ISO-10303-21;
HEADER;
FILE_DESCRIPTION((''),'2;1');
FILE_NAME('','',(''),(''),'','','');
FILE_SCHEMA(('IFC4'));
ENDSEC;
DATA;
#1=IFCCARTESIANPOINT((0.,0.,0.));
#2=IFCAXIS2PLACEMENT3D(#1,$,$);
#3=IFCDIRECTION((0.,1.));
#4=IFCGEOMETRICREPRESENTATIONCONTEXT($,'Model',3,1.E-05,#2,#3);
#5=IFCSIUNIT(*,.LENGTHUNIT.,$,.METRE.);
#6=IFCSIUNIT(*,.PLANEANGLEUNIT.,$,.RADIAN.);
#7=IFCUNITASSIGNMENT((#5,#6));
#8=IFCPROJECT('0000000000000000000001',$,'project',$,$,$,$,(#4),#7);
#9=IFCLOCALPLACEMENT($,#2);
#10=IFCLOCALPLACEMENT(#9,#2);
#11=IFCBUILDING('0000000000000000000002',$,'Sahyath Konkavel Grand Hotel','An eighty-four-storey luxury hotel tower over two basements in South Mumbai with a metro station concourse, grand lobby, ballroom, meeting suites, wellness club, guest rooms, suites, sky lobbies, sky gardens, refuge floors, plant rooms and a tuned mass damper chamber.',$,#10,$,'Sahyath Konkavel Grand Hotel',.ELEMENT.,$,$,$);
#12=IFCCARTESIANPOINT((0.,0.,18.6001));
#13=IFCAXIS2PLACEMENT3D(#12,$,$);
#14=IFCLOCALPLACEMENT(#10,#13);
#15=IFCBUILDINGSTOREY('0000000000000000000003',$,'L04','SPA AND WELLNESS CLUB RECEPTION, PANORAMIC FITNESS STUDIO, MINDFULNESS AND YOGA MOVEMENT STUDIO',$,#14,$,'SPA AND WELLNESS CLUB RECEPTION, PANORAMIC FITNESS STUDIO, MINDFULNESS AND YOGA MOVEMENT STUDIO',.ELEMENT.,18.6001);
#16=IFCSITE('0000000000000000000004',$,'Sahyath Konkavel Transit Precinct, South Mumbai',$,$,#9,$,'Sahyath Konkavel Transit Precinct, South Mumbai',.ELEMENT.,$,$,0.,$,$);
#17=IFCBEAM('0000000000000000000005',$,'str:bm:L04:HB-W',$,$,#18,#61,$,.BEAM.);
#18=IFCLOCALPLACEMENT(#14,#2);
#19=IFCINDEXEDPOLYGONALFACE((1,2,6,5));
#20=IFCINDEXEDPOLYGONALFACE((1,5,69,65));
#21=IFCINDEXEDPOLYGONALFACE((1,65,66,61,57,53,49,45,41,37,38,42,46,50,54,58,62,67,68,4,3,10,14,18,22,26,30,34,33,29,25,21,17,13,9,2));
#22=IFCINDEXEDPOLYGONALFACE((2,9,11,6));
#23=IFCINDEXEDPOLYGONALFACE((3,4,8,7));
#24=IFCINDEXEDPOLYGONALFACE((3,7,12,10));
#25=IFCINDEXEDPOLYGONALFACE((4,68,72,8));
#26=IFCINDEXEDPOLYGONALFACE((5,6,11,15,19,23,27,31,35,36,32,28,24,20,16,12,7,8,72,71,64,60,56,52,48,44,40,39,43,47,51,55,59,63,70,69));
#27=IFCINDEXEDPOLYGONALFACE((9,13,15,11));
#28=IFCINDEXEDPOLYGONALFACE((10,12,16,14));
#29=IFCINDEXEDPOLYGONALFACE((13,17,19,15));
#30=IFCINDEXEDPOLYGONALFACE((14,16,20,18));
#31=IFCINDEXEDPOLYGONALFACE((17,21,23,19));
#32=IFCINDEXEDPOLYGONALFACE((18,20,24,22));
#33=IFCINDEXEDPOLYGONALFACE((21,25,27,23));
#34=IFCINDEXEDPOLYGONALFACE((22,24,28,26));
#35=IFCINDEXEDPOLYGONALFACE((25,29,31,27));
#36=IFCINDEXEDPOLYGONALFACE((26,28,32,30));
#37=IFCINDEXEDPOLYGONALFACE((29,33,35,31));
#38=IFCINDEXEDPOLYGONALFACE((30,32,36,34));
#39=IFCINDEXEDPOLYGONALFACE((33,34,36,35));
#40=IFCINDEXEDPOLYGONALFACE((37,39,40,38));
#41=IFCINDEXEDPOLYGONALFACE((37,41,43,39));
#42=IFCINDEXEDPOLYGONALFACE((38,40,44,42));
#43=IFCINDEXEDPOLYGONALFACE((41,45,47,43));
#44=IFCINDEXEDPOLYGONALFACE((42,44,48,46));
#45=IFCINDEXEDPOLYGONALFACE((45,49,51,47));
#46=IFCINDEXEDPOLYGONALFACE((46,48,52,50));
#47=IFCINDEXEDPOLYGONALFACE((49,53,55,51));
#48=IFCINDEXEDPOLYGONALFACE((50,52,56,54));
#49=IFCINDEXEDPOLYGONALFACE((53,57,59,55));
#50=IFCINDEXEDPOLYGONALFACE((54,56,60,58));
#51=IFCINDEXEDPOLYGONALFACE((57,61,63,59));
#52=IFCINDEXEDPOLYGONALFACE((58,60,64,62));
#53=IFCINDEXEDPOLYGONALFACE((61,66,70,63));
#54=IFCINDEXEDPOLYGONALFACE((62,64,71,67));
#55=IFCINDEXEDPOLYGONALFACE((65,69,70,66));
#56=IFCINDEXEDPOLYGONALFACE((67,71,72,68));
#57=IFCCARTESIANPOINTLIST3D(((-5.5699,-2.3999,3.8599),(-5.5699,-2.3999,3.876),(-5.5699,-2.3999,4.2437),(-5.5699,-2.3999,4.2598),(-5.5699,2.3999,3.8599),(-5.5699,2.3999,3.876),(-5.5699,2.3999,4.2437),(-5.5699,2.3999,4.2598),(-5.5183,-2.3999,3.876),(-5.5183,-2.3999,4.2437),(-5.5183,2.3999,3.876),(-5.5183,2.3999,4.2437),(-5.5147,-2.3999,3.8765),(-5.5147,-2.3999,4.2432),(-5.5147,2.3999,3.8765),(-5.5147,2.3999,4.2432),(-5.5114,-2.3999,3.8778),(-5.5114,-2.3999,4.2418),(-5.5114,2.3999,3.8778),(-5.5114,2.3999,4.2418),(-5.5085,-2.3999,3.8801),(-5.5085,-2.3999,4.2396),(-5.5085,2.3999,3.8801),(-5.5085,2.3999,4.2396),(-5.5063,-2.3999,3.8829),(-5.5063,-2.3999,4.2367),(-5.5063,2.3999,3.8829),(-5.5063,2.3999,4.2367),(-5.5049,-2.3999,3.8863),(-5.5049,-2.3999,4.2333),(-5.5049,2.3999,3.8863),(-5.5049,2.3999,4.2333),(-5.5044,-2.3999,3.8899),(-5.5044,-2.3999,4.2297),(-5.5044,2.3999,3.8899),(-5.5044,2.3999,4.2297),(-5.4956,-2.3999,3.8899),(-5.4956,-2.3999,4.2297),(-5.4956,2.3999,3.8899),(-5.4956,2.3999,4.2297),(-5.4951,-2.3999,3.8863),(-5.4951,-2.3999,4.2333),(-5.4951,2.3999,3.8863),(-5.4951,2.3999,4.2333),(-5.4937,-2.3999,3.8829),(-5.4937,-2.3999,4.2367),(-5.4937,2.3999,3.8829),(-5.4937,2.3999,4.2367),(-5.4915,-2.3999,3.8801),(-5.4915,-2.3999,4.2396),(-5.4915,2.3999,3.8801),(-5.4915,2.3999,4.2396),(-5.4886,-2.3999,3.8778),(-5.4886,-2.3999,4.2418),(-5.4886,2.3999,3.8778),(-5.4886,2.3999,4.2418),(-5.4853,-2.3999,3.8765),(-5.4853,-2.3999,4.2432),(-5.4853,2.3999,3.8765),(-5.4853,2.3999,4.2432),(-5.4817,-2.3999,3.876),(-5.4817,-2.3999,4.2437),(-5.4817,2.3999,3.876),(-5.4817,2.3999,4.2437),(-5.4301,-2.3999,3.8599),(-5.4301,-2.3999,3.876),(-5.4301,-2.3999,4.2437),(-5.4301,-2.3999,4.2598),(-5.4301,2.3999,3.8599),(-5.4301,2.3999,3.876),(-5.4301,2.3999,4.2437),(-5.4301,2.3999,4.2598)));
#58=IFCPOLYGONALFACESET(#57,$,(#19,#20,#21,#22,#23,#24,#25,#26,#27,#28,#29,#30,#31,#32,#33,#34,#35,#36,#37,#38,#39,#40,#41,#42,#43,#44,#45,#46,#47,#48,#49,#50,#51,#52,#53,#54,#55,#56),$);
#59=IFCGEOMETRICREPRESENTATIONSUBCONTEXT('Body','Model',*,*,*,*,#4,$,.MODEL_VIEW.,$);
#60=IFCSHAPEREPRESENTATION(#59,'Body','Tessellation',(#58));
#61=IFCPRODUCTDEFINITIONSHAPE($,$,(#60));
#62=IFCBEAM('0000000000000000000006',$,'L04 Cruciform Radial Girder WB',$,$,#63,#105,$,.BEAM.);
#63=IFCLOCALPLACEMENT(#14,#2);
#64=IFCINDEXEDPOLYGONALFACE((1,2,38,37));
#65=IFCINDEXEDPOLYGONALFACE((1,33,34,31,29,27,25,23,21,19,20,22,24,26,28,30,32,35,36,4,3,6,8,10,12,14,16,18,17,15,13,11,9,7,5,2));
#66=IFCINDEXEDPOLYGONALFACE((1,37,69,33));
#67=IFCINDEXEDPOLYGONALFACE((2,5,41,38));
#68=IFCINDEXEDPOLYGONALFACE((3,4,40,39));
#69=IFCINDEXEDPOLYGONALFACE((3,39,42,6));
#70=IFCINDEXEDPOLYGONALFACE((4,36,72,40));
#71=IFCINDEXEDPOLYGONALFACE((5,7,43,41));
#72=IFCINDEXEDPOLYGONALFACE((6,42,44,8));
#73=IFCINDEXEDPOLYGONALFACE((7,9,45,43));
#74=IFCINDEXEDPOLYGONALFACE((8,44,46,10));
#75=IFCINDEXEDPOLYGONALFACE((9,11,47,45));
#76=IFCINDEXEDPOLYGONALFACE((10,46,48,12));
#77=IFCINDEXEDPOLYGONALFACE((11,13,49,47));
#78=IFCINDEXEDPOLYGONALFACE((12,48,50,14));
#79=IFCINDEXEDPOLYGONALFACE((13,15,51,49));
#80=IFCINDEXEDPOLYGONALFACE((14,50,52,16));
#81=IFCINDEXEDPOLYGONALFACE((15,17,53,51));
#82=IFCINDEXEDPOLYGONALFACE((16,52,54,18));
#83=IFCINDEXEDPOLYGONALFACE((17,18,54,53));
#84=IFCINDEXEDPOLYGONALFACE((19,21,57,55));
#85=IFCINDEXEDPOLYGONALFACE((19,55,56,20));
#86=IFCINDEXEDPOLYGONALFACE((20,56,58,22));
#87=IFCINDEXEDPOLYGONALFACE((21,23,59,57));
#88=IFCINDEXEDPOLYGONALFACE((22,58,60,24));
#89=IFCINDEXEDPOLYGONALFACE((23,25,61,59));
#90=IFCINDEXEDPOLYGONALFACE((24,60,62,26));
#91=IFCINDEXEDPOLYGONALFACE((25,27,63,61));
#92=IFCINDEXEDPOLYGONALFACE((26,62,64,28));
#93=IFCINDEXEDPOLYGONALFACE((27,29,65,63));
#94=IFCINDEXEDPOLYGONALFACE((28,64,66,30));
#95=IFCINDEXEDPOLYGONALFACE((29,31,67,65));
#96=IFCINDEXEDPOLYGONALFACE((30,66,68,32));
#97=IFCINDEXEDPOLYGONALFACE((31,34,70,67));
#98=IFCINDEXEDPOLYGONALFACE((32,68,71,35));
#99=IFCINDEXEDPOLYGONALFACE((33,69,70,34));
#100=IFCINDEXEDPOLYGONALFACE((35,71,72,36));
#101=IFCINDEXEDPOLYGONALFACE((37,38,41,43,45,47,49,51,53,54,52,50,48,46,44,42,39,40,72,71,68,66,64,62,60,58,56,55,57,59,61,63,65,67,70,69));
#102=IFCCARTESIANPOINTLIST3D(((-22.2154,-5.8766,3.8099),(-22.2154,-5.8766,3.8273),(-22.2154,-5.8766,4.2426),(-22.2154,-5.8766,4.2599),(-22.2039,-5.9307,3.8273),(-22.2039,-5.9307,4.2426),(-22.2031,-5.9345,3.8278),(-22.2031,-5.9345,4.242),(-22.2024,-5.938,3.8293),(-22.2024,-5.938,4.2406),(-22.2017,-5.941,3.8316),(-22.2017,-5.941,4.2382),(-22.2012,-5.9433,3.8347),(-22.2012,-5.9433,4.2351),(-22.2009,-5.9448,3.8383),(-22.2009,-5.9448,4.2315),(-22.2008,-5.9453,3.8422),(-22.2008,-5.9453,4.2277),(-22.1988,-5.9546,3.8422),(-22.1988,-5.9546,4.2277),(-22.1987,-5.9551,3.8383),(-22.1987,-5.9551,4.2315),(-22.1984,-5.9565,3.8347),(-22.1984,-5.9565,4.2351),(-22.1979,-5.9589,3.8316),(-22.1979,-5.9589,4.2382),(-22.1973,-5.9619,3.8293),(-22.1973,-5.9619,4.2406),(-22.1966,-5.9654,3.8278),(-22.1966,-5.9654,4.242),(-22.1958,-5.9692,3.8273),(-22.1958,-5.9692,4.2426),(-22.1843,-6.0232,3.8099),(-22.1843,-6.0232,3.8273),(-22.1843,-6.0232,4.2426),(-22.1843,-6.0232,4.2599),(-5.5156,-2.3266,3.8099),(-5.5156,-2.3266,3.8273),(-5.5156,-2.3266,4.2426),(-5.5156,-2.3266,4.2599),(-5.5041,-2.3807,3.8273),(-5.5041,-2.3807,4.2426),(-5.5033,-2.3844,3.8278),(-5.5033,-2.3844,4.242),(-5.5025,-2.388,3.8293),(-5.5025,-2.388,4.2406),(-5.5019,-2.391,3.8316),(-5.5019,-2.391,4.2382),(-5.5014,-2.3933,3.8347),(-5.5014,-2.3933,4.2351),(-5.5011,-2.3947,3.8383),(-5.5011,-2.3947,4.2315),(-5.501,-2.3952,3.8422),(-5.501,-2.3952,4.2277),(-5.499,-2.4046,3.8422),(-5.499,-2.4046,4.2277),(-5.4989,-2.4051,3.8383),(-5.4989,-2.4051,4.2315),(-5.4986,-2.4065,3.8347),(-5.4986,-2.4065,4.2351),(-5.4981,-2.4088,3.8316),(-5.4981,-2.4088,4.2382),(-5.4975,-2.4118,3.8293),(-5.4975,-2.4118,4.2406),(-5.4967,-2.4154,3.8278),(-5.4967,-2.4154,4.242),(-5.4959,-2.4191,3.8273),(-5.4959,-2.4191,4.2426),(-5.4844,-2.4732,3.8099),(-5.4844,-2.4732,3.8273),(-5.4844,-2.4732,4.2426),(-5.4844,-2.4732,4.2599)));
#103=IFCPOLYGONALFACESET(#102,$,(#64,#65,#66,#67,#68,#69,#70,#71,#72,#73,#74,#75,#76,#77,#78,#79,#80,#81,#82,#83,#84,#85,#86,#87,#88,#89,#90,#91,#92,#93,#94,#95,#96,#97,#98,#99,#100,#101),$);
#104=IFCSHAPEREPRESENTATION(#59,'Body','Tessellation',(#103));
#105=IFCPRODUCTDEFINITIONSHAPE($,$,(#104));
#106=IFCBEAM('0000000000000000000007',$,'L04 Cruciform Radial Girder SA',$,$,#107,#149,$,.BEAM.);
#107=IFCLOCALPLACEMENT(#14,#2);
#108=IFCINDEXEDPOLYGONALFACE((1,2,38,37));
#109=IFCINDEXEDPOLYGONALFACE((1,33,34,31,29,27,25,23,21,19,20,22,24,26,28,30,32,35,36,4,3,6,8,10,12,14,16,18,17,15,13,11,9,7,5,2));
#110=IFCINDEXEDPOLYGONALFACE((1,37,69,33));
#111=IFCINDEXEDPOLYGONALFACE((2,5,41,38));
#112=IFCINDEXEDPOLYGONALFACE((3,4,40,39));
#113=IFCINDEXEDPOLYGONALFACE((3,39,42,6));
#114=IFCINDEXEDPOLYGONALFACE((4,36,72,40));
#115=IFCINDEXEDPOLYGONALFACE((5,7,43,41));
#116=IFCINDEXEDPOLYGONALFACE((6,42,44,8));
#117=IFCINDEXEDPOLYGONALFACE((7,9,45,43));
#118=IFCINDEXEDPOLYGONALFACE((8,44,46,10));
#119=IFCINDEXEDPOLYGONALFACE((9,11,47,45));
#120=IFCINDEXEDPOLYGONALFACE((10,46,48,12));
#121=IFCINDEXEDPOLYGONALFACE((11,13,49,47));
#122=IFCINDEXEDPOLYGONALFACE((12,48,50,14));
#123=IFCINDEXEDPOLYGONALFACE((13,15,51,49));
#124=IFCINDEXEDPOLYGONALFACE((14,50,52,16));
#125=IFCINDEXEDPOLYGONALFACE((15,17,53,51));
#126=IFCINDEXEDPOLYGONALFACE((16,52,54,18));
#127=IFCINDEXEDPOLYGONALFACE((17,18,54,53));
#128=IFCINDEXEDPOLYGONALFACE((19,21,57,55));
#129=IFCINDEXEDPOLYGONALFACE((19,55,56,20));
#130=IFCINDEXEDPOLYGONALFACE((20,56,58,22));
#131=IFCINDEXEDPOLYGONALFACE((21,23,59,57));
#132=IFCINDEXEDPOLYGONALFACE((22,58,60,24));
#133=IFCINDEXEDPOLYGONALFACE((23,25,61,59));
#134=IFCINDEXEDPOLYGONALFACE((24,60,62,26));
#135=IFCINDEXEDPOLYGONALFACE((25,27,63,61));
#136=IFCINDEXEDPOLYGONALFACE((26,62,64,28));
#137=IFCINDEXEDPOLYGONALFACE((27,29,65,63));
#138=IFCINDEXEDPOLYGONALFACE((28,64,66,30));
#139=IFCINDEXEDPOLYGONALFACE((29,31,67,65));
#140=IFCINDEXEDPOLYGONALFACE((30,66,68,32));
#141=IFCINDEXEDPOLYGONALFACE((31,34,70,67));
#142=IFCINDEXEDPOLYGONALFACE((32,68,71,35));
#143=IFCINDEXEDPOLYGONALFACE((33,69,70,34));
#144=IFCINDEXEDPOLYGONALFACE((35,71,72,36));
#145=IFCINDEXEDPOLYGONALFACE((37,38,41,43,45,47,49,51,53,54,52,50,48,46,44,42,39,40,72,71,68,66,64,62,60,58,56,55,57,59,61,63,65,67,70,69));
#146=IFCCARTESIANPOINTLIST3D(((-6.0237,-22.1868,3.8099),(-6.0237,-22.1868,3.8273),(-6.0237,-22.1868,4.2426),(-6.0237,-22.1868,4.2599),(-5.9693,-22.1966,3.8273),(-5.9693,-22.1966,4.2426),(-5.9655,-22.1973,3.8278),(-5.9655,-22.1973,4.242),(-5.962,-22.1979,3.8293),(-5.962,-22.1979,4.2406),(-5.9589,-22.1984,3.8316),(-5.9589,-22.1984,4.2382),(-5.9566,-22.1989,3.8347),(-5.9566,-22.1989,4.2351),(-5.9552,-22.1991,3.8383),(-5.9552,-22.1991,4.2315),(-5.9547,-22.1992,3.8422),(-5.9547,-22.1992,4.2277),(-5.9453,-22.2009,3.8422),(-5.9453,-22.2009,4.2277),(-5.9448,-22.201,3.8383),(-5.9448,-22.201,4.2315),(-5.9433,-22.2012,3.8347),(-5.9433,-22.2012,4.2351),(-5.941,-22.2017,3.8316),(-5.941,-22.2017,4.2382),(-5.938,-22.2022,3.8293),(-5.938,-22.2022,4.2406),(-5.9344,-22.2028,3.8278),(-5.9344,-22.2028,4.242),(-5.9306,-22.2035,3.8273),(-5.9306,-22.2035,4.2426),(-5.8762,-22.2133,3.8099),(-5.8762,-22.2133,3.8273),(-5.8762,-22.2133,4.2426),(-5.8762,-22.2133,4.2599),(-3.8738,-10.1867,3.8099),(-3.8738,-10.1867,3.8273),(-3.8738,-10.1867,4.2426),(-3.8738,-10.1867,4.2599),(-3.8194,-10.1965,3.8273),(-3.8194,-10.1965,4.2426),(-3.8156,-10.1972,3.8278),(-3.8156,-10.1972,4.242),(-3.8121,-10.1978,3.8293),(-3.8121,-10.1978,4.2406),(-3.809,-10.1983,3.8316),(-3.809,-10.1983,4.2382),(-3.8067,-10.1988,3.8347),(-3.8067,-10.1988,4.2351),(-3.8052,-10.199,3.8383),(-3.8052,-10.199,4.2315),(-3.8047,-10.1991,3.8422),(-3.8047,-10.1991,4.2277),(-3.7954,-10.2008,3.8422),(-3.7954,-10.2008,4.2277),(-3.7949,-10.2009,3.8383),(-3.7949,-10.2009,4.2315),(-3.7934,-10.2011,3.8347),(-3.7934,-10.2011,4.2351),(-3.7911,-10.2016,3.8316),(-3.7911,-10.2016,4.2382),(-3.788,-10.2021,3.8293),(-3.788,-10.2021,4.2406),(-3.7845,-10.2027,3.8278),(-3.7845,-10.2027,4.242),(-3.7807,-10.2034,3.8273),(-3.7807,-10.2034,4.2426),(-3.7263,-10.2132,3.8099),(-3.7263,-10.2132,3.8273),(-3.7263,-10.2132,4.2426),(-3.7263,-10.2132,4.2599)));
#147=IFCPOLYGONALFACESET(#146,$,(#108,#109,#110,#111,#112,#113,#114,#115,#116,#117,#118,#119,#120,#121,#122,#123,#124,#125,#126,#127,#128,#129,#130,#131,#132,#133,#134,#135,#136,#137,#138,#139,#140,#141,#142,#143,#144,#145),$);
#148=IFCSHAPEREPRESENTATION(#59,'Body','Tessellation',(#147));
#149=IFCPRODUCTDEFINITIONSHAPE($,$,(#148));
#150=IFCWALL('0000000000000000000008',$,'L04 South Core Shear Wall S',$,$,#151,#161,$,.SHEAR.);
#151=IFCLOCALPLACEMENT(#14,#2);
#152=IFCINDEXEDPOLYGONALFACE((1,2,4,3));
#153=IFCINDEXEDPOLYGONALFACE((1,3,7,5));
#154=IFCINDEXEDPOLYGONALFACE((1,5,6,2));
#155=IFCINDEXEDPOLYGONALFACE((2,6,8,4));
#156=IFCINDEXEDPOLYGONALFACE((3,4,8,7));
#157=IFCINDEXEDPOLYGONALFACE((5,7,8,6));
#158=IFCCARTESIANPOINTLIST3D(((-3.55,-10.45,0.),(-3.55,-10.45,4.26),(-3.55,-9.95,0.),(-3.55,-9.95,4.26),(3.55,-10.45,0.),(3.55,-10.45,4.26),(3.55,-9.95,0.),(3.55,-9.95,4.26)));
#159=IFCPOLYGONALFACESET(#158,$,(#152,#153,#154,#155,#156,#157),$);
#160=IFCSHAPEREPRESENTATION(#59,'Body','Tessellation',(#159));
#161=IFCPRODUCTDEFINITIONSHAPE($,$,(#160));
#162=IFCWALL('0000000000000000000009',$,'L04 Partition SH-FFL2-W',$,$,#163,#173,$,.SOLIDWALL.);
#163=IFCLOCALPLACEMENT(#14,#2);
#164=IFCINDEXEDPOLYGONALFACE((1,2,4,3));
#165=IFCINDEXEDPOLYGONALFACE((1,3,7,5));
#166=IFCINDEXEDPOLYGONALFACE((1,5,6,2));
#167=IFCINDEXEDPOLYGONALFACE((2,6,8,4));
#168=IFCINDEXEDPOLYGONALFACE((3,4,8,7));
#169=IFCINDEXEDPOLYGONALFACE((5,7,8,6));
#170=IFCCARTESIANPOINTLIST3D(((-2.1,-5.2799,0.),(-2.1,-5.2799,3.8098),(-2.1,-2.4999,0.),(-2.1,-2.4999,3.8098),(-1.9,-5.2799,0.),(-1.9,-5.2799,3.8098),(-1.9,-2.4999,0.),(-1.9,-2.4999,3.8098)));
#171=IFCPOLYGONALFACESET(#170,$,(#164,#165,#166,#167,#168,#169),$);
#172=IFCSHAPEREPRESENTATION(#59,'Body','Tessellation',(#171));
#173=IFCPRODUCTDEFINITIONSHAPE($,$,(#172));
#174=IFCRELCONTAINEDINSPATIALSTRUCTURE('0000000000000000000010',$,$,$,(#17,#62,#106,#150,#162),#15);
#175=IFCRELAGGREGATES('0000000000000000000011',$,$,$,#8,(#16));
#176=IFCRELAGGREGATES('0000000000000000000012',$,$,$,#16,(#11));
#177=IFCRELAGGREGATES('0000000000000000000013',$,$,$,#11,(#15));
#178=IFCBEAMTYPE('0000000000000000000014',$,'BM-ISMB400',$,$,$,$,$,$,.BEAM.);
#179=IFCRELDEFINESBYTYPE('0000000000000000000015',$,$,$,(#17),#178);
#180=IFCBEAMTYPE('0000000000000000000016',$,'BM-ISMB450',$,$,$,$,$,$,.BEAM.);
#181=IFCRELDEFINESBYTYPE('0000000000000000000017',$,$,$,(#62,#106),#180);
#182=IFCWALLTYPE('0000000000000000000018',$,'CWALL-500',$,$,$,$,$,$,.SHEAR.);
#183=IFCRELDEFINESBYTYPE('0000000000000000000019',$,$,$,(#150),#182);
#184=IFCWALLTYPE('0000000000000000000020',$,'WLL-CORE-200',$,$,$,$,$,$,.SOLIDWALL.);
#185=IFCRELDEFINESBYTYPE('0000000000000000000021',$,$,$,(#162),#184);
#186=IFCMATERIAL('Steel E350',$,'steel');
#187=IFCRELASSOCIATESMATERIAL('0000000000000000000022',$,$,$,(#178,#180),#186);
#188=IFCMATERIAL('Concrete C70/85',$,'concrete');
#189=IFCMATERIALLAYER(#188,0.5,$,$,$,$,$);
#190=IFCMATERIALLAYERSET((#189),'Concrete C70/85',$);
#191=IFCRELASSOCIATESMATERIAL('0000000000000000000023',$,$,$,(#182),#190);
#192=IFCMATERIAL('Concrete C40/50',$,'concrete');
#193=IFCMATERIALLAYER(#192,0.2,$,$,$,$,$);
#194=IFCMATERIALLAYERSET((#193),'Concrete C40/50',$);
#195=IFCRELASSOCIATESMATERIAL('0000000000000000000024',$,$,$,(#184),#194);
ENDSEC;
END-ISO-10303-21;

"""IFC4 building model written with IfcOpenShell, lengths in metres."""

from ifc_helpers import new_model, si_unit, direction, frame, frame_2d, origin, origin_2d, place, context, subcontext, project, spatial, rectangle, i_section, extrude, source, transform, mapped, material, layer, layer_set, material_profile, profile_set, type_object, element, save


model = new_model("IFC4")

# Units and contexts
model_context = context("Model", 3, precision=1e-05, world=origin(), true_north=direction((0.0, 1.0)))
body_context = subcontext(model_context, "Body", "Model", "MODEL_VIEW")
ifc_project = project(units=[si_unit("LENGTHUNIT", "METRE"), si_unit("PLANEANGLEUNIT", "RADIAN")], contexts=[model_context])

# Site, building, storey
site_placement = place(None, origin())
site = spatial("IfcSite", under=ifc_project, at=site_placement, Name="Sahyath Konkavel Transit Precinct, South Mumbai", LongName="Sahyath Konkavel Transit Precinct, South Mumbai", CompositionType="ELEMENT", RefElevation=0.0)
building_placement = place(site_placement, origin())
building = spatial("IfcBuilding", under=site, at=building_placement, Name="Sahyath Konkavel Grand Hotel", Description="An eighty-four-storey luxury hotel tower over two basements in South Mumbai with a metro station concourse, grand lobby, ballroom, meeting suites, wellness club, guest rooms, suites, sky lobbies, sky gardens, refuge floors, plant rooms and a tuned mass damper chamber.", LongName="Sahyath Konkavel Grand Hotel", CompositionType="ELEMENT")
storey_placement = place(building_placement, frame((0.0, 0.0, 18.6001)))
storey = spatial("IfcBuildingStorey", under=building, at=storey_placement, Name="L04", Description="SPA AND WELLNESS CLUB RECEPTION, PANORAMIC FITNESS STUDIO, MINDFULNESS AND YOGA MOVEMENT STUDIO", LongName="SPA AND WELLNESS CLUB RECEPTION, PANORAMIC FITNESS STUDIO, MINDFULNESS AND YOGA MOVEMENT STUDIO", CompositionType="ELEMENT", Elevation=18.6001)

# Shared definitions
ifc_material_1 = material(Name="Concrete C70/85", Category="concrete")

# Beams
ifc_material_2 = material(Name="Steel E350", Category="steel")
ifc_material_profile_1 = material_profile(ifc_material_2, i_section(OverallWidth=0.1399, OverallDepth=0.3999, WebThickness=0.0088, FlangeThickness=0.0161, FilletRadius=0.0139, at=origin_2d()), Name="ISMB 400")
ifc_profile_set_1 = profile_set([ifc_material_profile_1], Name="Steel E350")
beam_type_1 = type_object("IfcBeamType", Name="BM-ISMB400", PredefinedType="BEAM", material=ifc_profile_set_1)
shared_shape_1 = source(origin(), body_context, "Body", "SweptSolid", [
    extrude(i_section(OverallWidth=0.1399, OverallDepth=0.3999, WebThickness=0.0088, FlangeThickness=0.0161, FilletRadius=0.0139, at=origin_2d()), origin(), (0.0, 0.0, 1.0), 4.7998),
])
beam_1_placement = place(storey_placement, frame((-5.5, -2.3999, 4.0598), z_axis=(0.0, 1.0, 0.0), x_axis=(-1.0, 0.0, 0.0)))
element("IfcBeam", 1, at=beam_1_placement, inside=storey, type_object=beam_type_1, Name="str:bm:L04:HB-W", PredefinedType="BEAM", context=body_context, shape_type="MappedRepresentation", body=[
    mapped(shared_shape_1, transform((0.0, 0.0, 0.0), scale=1.0)),
])
ifc_material_profile_2 = material_profile(ifc_material_2, i_section(OverallWidth=0.1499, OverallDepth=0.45, WebThickness=0.0095, FlangeThickness=0.0173, FilletRadius=0.0149, at=origin_2d()), Name="ISMB 450")
ifc_profile_set_2 = profile_set([ifc_material_profile_2], Name="Steel E350")
beam_type_2 = type_object("IfcBeamType", Name="BM-ISMB450", PredefinedType="BEAM", material=ifc_profile_set_2)
shared_shape_2 = source(origin(), body_context, "Body", "SweptSolid", [
    extrude(i_section(OverallWidth=0.1499, OverallDepth=0.45, WebThickness=0.0095, FlangeThickness=0.0173, FilletRadius=0.0149, at=origin_2d()), origin(), (0.0, 0.0, 1.0), 17.073),
])
beam_2_placement = place(storey_placement, frame((-5.5, -2.3999, 4.0349), z_axis=(-0.978143, -0.207932, 0.0), x_axis=(0.207932, -0.978143, 0.0)))
element("IfcBeam", 2, at=beam_2_placement, inside=storey, type_object=beam_type_2, Name="L04 Cruciform Radial Girder WB", PredefinedType="BEAM", context=body_context, shape_type="MappedRepresentation", body=[
    mapped(shared_shape_2, transform((0.0, 0.0, 0.0), scale=1.0)),
])
shared_shape_3 = source(origin(), body_context, "Body", "SweptSolid", [
    extrude(i_section(OverallWidth=0.1499, OverallDepth=0.45, WebThickness=0.0095, FlangeThickness=0.0173, FilletRadius=0.0149, at=origin_2d()), origin(), (0.0, 0.0, 1.0), 12.1912),
])
beam_3_placement = place(storey_placement, frame((-3.8, -10.2, 4.0349), z_axis=(-0.176351, -0.984327, 0.0), x_axis=(0.984327, -0.176351, 0.0)))
element("IfcBeam", 3, at=beam_3_placement, inside=storey, type_object=beam_type_2, Name="L04 Cruciform Radial Girder SA", PredefinedType="BEAM", context=body_context, shape_type="MappedRepresentation", body=[
    mapped(shared_shape_3, transform((0.0, 0.0, 0.0), scale=1.0)),
])

# Walls
ifc_layer_1 = layer(ifc_material_1, 0.5)
ifc_layer_set_1 = layer_set([ifc_layer_1], Name="Concrete C70/85")
wall_type_1 = type_object("IfcWallType", Name="CWALL-500", PredefinedType="SHEAR", material=ifc_layer_set_1)
wall_1_placement = place(storey_placement, frame((-3.55, -10.2, 0.0), z_axis=(0.0, 0.0, 1.0), x_axis=(1.0, 0.0, 0.0)))
element("IfcWall", 4, at=wall_1_placement, inside=storey, type_object=wall_type_1, Name="L04 South Core Shear Wall S", PredefinedType="SHEAR", context=body_context, shape_type="SweptSolid", body=[
    extrude(rectangle(XDim=7.1001, YDim=0.5, at=frame_2d((3.55, 0.0))), origin(), (0.0, 0.0, 1.0), 4.26),
])
ifc_material_3 = material(Name="Concrete C40/50", Category="concrete")
ifc_layer_2 = layer(ifc_material_3, 0.2)
ifc_layer_set_2 = layer_set([ifc_layer_2], Name="Concrete C40/50")
wall_type_2 = type_object("IfcWallType", Name="WLL-CORE-200", PredefinedType="SOLIDWALL", material=ifc_layer_set_2)
wall_2_placement = place(storey_placement, frame((-2.0, -5.28, 0.0), z_axis=(0.0, 0.0, 1.0), x_axis=(0.0, 1.0, 0.0)))
element("IfcWall", 5, at=wall_2_placement, inside=storey, type_object=wall_type_2, Name="L04 Partition SH-FFL2-W", PredefinedType="SOLIDWALL", context=body_context, shape_type="SweptSolid", body=[
    extrude(rectangle(XDim=2.78, YDim=0.2, at=frame_2d((1.3901, 0.0))), origin(), (0.0, 0.0, 1.0), 3.8098),
])

save(model, "model.ifc")
